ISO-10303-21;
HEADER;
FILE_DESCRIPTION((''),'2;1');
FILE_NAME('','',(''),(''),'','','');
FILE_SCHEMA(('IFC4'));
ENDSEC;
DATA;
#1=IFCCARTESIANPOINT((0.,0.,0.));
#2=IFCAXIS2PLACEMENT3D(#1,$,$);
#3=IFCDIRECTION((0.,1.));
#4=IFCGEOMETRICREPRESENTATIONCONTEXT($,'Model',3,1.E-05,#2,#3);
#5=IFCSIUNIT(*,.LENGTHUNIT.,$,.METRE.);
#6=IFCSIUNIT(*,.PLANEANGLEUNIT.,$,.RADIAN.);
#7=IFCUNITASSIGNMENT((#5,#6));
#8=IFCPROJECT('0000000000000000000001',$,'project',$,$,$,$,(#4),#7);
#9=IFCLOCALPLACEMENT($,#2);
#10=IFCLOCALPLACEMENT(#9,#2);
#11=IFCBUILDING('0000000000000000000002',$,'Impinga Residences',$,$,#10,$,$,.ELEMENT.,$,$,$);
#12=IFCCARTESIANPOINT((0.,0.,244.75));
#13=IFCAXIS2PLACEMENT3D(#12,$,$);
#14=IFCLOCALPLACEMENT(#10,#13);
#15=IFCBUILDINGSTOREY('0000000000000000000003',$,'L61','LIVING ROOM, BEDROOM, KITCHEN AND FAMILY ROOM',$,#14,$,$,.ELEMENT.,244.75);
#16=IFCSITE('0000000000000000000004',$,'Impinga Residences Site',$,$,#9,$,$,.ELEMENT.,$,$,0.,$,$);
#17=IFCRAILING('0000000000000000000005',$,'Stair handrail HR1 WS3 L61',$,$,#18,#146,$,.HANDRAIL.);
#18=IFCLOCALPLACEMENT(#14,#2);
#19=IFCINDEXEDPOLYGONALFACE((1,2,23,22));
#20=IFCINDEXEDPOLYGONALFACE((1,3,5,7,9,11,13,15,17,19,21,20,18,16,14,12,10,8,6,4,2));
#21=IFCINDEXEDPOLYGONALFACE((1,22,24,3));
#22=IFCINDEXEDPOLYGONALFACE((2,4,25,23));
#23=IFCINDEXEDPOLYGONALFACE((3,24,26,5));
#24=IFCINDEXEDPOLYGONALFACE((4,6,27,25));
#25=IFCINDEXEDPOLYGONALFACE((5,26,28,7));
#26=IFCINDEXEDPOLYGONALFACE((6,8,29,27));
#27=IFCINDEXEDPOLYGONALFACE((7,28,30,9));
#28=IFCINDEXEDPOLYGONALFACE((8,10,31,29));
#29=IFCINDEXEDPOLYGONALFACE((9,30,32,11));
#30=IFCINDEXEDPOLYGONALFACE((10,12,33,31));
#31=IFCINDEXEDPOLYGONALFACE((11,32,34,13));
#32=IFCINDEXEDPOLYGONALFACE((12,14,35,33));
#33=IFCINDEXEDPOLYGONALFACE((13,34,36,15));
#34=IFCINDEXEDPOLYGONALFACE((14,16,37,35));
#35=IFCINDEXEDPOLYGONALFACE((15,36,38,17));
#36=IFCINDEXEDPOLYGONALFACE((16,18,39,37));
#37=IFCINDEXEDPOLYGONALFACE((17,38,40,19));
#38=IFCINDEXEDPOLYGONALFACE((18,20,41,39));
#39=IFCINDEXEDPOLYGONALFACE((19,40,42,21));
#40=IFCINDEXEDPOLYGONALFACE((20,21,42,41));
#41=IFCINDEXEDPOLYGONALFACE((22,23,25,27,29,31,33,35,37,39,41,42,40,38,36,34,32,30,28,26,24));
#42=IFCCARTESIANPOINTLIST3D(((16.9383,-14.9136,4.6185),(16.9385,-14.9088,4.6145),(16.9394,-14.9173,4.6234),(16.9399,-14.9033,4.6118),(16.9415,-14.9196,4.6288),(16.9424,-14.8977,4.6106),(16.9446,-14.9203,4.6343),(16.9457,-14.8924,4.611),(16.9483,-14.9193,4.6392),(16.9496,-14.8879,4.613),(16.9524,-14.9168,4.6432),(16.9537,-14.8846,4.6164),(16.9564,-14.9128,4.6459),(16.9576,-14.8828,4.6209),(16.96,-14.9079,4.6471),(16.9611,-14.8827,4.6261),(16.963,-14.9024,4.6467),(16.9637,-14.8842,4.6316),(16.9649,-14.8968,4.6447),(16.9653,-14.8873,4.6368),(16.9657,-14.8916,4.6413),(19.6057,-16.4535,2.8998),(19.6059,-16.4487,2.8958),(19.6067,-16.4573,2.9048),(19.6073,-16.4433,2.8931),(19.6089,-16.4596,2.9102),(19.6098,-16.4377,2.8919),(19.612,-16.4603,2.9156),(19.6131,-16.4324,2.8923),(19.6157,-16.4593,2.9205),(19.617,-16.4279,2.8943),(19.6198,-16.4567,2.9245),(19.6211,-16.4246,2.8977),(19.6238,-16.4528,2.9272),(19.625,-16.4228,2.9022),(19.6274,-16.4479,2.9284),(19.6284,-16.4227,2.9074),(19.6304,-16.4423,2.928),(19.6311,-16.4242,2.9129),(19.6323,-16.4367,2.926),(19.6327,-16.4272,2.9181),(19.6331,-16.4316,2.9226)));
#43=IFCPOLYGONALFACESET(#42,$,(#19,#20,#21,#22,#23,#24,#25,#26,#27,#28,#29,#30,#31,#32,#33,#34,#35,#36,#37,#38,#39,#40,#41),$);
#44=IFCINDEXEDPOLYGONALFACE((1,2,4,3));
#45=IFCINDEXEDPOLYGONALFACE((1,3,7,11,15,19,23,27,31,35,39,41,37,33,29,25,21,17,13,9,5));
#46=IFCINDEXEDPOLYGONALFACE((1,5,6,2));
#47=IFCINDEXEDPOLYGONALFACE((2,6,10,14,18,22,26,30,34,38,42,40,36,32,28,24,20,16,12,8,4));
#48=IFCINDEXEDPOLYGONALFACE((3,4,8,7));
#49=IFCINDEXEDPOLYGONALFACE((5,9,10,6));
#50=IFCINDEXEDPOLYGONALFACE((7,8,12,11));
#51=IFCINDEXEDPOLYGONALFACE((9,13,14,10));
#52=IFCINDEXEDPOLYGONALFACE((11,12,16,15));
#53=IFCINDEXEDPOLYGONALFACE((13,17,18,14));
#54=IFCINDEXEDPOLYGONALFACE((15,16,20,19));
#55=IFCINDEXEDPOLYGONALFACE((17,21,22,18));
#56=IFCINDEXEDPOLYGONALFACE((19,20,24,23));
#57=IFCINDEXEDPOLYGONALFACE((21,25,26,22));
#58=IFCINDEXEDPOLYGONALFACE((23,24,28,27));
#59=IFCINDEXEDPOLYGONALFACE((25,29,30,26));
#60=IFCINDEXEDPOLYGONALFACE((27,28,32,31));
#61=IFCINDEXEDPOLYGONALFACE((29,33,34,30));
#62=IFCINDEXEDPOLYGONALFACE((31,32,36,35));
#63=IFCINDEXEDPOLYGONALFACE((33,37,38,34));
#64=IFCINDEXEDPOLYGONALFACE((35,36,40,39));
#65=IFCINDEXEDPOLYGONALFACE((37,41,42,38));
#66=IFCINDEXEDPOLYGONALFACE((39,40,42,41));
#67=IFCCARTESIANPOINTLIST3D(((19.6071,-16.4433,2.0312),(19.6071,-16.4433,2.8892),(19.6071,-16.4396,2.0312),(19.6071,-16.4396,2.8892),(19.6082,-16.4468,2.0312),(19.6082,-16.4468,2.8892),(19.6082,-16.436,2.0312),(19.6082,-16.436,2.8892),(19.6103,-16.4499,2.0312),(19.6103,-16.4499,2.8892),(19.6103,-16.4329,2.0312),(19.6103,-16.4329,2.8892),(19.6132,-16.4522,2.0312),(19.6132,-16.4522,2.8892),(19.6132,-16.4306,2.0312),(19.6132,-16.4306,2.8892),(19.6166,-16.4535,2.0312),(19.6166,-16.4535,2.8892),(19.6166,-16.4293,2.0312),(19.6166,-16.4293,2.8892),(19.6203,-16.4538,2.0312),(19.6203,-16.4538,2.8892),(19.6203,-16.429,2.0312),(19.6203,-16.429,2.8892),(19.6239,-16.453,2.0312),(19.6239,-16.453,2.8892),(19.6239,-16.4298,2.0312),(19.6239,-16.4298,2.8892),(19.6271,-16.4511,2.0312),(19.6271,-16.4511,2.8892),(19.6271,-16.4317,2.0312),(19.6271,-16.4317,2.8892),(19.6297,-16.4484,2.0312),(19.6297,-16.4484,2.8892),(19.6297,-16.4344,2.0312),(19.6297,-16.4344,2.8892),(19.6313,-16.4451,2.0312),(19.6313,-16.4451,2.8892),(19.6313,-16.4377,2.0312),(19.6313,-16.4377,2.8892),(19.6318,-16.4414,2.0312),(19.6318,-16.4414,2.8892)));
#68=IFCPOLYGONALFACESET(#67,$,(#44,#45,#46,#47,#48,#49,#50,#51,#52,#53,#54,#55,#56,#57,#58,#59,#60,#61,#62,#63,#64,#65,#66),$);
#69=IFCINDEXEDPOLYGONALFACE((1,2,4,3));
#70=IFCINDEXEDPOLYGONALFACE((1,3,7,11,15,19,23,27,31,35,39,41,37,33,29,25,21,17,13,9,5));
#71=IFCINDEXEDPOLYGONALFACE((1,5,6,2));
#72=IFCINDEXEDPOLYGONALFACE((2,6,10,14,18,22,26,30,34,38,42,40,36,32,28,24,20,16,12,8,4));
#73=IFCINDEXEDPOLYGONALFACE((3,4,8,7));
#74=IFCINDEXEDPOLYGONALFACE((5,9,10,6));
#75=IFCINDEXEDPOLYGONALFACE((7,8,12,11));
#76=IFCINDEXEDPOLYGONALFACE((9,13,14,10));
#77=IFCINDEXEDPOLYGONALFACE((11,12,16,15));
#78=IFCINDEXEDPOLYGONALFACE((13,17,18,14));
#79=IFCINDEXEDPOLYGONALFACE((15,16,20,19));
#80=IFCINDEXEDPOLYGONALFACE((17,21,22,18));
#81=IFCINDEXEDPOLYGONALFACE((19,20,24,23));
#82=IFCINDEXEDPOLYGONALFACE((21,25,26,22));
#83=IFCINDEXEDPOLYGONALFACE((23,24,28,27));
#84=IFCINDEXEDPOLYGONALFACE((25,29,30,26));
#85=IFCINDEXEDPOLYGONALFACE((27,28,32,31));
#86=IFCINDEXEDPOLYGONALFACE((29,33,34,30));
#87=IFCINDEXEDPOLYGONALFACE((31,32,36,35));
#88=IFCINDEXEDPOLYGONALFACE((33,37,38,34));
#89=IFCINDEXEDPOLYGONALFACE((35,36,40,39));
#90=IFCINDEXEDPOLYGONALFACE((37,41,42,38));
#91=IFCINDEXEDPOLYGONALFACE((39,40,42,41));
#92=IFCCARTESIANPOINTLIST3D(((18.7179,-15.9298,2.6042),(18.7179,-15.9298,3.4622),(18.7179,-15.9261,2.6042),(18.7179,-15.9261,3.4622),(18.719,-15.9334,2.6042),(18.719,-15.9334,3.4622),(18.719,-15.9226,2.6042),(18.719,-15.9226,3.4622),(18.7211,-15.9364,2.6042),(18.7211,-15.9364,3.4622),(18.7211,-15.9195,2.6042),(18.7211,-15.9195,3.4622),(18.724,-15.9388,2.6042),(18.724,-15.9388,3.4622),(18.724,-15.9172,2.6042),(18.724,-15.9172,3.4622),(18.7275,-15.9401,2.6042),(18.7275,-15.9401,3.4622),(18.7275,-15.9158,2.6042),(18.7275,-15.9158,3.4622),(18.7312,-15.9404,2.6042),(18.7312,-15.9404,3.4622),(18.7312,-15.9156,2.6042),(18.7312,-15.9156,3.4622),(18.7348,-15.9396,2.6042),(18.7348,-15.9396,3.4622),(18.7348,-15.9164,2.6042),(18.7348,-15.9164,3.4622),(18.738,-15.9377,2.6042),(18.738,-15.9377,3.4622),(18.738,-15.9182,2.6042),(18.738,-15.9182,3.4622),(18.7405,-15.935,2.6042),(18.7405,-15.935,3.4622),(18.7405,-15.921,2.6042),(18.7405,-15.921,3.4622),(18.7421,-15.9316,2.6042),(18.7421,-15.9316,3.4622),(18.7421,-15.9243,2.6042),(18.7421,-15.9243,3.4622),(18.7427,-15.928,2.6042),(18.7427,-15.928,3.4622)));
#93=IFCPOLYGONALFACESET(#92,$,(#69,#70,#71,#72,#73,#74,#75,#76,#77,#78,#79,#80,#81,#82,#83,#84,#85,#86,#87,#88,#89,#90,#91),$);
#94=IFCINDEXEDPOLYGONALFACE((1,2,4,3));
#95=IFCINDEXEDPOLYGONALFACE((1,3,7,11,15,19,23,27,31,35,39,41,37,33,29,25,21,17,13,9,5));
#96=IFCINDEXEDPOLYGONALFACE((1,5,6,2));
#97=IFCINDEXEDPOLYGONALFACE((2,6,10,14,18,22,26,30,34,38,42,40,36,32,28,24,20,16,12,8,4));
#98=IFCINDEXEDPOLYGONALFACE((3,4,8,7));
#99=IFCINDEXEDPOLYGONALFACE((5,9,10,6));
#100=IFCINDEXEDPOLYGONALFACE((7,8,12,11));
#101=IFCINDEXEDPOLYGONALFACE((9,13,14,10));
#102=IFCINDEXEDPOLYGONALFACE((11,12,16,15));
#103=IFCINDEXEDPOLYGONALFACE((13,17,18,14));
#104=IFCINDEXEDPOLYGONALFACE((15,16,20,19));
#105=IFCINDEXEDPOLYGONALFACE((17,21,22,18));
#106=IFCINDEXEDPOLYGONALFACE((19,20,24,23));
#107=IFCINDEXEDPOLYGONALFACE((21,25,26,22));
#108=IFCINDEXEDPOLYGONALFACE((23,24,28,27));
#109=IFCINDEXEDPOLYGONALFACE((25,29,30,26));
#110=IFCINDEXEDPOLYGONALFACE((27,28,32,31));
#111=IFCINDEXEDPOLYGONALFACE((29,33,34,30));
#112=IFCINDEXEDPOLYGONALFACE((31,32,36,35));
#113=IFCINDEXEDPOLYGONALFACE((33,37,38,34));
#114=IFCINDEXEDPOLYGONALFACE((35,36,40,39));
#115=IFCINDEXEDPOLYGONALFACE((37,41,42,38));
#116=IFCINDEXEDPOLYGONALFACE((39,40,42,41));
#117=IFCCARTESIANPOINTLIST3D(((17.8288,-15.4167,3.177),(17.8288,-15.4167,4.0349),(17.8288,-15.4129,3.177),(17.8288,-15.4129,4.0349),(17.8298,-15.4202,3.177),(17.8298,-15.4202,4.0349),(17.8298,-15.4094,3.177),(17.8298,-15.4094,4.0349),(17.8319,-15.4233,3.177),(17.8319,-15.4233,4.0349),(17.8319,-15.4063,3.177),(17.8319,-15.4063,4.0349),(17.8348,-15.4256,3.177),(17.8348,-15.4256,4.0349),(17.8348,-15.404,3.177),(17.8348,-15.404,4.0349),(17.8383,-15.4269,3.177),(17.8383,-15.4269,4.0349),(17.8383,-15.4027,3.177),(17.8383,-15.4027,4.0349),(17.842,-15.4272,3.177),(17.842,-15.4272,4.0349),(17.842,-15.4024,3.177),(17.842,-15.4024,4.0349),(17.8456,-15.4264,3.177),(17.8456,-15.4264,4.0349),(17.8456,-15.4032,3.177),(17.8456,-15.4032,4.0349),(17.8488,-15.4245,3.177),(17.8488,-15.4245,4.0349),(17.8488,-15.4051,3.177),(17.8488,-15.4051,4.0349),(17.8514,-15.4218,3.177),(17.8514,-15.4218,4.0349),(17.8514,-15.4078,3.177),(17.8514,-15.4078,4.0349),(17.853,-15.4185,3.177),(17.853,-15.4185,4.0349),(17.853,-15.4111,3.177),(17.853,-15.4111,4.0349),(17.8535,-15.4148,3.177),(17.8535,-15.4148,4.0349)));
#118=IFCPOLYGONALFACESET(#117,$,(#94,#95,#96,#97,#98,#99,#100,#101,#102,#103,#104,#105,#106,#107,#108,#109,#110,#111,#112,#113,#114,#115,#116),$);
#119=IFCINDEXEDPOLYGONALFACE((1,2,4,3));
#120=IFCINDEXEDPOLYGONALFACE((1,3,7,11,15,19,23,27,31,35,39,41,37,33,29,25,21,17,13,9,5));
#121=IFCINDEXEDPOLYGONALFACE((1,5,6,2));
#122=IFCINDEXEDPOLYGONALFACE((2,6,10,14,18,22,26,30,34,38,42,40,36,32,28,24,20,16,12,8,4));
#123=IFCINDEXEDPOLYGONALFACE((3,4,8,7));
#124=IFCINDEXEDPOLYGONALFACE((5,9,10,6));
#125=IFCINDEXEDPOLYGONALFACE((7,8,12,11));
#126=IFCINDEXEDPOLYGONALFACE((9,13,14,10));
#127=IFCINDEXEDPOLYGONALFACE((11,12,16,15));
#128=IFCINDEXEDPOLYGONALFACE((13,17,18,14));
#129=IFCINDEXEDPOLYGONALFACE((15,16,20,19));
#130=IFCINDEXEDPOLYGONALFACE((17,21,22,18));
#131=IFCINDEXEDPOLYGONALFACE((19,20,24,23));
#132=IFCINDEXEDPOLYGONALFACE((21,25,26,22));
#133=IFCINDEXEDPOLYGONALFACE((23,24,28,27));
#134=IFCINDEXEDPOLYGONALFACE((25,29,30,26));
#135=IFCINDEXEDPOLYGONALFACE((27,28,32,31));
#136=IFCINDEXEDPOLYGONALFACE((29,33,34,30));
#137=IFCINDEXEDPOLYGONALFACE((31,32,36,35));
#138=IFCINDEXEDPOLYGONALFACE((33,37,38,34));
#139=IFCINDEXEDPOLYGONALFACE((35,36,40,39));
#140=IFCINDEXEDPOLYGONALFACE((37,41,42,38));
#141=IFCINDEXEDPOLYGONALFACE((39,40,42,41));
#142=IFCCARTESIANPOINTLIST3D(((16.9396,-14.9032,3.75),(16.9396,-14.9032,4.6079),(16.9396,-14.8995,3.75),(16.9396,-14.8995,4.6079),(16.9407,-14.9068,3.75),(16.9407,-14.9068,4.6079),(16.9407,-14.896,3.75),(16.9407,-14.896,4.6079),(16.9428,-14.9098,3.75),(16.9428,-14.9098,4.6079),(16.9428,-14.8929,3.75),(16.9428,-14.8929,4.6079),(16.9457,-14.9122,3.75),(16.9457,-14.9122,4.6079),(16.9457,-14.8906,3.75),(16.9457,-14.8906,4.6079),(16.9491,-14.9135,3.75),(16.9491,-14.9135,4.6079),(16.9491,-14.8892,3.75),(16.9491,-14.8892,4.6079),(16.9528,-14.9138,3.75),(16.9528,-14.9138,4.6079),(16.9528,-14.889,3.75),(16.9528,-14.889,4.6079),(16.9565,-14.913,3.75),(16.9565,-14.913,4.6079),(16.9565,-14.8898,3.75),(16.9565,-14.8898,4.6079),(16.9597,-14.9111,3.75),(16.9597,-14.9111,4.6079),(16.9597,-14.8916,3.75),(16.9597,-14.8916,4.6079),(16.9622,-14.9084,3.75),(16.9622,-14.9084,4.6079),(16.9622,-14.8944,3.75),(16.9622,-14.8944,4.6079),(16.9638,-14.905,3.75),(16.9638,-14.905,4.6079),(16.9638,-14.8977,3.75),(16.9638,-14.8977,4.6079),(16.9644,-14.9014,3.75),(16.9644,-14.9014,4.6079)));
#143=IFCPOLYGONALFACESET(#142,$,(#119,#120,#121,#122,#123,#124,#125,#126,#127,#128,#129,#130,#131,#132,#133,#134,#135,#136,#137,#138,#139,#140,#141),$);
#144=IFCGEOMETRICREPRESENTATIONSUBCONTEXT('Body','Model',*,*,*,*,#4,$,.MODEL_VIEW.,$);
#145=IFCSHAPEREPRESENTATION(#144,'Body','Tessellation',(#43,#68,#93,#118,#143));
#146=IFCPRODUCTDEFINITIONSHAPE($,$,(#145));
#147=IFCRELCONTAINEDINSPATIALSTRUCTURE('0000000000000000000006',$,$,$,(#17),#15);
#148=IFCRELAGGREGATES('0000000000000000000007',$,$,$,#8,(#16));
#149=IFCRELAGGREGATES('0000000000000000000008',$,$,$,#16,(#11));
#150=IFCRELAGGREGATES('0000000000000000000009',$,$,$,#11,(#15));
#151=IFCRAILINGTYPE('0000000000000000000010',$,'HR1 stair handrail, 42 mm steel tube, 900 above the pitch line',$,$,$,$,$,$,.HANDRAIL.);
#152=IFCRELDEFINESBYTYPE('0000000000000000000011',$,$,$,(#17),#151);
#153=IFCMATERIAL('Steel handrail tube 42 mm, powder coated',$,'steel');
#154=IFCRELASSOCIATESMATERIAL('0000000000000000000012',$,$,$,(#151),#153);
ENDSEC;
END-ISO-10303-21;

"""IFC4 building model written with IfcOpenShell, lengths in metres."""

from ifc_helpers import new_model, si_unit, direction, frame, origin, origin_2d, place, context, subcontext, project, spatial, circle, extrude, material, type_object, element, save


model = new_model("IFC4")

# Units and contexts
model_context = context("Model", 3, precision=1e-05, world=origin(), true_north=direction((0.0, 1.0)))
body_context = subcontext(model_context, "Body", "Model", "MODEL_VIEW")
ifc_project = project(units=[si_unit("LENGTHUNIT", "METRE"), si_unit("PLANEANGLEUNIT", "RADIAN")], contexts=[model_context])

# Site, building, storey
site_placement = place(None, origin())
site = spatial("IfcSite", under=ifc_project, at=site_placement, Name="Impinga Residences Site", CompositionType="ELEMENT", RefElevation=0.0)
building_placement = place(site_placement, origin())
building = spatial("IfcBuilding", under=site, at=building_placement, Name="Impinga Residences", CompositionType="ELEMENT")
storey_placement = place(building_placement, frame((0.0, 0.0, 244.75)))
storey = spatial("IfcBuildingStorey", under=building, at=storey_placement, Name="L61", Description="LIVING ROOM, BEDROOM, KITCHEN AND FAMILY ROOM", CompositionType="ELEMENT", Elevation=244.75)

# Railing
ifc_material_1 = material(Name="Steel handrail tube 42 mm, powder coated", Category="steel")
railing_type_1 = type_object("IfcRailingType", Name="HR1 stair handrail, 42 mm steel tube, 900 above the pitch line", PredefinedType="HANDRAIL", material=ifc_material_1)
railing_1_placement = place(storey_placement, frame((19.6194, -16.4414, 2.0312)))
element("IfcRailing", 1, at=railing_1_placement, inside=storey, type_object=railing_type_1, Name="Stair handrail HR1 WS3 L61", PredefinedType="HANDRAIL", context=body_context, shape_type="SweptSolid", body=[
    extrude(circle(Radius=0.021, at=origin_2d()), frame((0.0, 0.0, 0.8789), z_axis=(-0.756256, 0.436616, 0.487282), x_axis=(-0.499992, -0.86603, 0.0)), (0.0, 0.0, 1.0), 3.5271),
    extrude(circle(Radius=0.0125, at=origin_2d()), origin(), (0.0, 0.0, 1.0), 0.8579),
    extrude(circle(Radius=0.0125, at=origin_2d()), frame((-0.8892, 0.5134, 0.573)), (0.0, 0.0, 1.0), 0.8579),
    extrude(circle(Radius=0.0125, at=origin_2d()), frame((-1.7783, 1.0266, 1.1458)), (0.0, 0.0, 1.0), 0.8579),
    extrude(circle(Radius=0.0125, at=origin_2d()), frame((-2.6675, 1.54, 1.7188)), (0.0, 0.0, 1.0), 0.8579),
])

save(model, "model.ifc")
